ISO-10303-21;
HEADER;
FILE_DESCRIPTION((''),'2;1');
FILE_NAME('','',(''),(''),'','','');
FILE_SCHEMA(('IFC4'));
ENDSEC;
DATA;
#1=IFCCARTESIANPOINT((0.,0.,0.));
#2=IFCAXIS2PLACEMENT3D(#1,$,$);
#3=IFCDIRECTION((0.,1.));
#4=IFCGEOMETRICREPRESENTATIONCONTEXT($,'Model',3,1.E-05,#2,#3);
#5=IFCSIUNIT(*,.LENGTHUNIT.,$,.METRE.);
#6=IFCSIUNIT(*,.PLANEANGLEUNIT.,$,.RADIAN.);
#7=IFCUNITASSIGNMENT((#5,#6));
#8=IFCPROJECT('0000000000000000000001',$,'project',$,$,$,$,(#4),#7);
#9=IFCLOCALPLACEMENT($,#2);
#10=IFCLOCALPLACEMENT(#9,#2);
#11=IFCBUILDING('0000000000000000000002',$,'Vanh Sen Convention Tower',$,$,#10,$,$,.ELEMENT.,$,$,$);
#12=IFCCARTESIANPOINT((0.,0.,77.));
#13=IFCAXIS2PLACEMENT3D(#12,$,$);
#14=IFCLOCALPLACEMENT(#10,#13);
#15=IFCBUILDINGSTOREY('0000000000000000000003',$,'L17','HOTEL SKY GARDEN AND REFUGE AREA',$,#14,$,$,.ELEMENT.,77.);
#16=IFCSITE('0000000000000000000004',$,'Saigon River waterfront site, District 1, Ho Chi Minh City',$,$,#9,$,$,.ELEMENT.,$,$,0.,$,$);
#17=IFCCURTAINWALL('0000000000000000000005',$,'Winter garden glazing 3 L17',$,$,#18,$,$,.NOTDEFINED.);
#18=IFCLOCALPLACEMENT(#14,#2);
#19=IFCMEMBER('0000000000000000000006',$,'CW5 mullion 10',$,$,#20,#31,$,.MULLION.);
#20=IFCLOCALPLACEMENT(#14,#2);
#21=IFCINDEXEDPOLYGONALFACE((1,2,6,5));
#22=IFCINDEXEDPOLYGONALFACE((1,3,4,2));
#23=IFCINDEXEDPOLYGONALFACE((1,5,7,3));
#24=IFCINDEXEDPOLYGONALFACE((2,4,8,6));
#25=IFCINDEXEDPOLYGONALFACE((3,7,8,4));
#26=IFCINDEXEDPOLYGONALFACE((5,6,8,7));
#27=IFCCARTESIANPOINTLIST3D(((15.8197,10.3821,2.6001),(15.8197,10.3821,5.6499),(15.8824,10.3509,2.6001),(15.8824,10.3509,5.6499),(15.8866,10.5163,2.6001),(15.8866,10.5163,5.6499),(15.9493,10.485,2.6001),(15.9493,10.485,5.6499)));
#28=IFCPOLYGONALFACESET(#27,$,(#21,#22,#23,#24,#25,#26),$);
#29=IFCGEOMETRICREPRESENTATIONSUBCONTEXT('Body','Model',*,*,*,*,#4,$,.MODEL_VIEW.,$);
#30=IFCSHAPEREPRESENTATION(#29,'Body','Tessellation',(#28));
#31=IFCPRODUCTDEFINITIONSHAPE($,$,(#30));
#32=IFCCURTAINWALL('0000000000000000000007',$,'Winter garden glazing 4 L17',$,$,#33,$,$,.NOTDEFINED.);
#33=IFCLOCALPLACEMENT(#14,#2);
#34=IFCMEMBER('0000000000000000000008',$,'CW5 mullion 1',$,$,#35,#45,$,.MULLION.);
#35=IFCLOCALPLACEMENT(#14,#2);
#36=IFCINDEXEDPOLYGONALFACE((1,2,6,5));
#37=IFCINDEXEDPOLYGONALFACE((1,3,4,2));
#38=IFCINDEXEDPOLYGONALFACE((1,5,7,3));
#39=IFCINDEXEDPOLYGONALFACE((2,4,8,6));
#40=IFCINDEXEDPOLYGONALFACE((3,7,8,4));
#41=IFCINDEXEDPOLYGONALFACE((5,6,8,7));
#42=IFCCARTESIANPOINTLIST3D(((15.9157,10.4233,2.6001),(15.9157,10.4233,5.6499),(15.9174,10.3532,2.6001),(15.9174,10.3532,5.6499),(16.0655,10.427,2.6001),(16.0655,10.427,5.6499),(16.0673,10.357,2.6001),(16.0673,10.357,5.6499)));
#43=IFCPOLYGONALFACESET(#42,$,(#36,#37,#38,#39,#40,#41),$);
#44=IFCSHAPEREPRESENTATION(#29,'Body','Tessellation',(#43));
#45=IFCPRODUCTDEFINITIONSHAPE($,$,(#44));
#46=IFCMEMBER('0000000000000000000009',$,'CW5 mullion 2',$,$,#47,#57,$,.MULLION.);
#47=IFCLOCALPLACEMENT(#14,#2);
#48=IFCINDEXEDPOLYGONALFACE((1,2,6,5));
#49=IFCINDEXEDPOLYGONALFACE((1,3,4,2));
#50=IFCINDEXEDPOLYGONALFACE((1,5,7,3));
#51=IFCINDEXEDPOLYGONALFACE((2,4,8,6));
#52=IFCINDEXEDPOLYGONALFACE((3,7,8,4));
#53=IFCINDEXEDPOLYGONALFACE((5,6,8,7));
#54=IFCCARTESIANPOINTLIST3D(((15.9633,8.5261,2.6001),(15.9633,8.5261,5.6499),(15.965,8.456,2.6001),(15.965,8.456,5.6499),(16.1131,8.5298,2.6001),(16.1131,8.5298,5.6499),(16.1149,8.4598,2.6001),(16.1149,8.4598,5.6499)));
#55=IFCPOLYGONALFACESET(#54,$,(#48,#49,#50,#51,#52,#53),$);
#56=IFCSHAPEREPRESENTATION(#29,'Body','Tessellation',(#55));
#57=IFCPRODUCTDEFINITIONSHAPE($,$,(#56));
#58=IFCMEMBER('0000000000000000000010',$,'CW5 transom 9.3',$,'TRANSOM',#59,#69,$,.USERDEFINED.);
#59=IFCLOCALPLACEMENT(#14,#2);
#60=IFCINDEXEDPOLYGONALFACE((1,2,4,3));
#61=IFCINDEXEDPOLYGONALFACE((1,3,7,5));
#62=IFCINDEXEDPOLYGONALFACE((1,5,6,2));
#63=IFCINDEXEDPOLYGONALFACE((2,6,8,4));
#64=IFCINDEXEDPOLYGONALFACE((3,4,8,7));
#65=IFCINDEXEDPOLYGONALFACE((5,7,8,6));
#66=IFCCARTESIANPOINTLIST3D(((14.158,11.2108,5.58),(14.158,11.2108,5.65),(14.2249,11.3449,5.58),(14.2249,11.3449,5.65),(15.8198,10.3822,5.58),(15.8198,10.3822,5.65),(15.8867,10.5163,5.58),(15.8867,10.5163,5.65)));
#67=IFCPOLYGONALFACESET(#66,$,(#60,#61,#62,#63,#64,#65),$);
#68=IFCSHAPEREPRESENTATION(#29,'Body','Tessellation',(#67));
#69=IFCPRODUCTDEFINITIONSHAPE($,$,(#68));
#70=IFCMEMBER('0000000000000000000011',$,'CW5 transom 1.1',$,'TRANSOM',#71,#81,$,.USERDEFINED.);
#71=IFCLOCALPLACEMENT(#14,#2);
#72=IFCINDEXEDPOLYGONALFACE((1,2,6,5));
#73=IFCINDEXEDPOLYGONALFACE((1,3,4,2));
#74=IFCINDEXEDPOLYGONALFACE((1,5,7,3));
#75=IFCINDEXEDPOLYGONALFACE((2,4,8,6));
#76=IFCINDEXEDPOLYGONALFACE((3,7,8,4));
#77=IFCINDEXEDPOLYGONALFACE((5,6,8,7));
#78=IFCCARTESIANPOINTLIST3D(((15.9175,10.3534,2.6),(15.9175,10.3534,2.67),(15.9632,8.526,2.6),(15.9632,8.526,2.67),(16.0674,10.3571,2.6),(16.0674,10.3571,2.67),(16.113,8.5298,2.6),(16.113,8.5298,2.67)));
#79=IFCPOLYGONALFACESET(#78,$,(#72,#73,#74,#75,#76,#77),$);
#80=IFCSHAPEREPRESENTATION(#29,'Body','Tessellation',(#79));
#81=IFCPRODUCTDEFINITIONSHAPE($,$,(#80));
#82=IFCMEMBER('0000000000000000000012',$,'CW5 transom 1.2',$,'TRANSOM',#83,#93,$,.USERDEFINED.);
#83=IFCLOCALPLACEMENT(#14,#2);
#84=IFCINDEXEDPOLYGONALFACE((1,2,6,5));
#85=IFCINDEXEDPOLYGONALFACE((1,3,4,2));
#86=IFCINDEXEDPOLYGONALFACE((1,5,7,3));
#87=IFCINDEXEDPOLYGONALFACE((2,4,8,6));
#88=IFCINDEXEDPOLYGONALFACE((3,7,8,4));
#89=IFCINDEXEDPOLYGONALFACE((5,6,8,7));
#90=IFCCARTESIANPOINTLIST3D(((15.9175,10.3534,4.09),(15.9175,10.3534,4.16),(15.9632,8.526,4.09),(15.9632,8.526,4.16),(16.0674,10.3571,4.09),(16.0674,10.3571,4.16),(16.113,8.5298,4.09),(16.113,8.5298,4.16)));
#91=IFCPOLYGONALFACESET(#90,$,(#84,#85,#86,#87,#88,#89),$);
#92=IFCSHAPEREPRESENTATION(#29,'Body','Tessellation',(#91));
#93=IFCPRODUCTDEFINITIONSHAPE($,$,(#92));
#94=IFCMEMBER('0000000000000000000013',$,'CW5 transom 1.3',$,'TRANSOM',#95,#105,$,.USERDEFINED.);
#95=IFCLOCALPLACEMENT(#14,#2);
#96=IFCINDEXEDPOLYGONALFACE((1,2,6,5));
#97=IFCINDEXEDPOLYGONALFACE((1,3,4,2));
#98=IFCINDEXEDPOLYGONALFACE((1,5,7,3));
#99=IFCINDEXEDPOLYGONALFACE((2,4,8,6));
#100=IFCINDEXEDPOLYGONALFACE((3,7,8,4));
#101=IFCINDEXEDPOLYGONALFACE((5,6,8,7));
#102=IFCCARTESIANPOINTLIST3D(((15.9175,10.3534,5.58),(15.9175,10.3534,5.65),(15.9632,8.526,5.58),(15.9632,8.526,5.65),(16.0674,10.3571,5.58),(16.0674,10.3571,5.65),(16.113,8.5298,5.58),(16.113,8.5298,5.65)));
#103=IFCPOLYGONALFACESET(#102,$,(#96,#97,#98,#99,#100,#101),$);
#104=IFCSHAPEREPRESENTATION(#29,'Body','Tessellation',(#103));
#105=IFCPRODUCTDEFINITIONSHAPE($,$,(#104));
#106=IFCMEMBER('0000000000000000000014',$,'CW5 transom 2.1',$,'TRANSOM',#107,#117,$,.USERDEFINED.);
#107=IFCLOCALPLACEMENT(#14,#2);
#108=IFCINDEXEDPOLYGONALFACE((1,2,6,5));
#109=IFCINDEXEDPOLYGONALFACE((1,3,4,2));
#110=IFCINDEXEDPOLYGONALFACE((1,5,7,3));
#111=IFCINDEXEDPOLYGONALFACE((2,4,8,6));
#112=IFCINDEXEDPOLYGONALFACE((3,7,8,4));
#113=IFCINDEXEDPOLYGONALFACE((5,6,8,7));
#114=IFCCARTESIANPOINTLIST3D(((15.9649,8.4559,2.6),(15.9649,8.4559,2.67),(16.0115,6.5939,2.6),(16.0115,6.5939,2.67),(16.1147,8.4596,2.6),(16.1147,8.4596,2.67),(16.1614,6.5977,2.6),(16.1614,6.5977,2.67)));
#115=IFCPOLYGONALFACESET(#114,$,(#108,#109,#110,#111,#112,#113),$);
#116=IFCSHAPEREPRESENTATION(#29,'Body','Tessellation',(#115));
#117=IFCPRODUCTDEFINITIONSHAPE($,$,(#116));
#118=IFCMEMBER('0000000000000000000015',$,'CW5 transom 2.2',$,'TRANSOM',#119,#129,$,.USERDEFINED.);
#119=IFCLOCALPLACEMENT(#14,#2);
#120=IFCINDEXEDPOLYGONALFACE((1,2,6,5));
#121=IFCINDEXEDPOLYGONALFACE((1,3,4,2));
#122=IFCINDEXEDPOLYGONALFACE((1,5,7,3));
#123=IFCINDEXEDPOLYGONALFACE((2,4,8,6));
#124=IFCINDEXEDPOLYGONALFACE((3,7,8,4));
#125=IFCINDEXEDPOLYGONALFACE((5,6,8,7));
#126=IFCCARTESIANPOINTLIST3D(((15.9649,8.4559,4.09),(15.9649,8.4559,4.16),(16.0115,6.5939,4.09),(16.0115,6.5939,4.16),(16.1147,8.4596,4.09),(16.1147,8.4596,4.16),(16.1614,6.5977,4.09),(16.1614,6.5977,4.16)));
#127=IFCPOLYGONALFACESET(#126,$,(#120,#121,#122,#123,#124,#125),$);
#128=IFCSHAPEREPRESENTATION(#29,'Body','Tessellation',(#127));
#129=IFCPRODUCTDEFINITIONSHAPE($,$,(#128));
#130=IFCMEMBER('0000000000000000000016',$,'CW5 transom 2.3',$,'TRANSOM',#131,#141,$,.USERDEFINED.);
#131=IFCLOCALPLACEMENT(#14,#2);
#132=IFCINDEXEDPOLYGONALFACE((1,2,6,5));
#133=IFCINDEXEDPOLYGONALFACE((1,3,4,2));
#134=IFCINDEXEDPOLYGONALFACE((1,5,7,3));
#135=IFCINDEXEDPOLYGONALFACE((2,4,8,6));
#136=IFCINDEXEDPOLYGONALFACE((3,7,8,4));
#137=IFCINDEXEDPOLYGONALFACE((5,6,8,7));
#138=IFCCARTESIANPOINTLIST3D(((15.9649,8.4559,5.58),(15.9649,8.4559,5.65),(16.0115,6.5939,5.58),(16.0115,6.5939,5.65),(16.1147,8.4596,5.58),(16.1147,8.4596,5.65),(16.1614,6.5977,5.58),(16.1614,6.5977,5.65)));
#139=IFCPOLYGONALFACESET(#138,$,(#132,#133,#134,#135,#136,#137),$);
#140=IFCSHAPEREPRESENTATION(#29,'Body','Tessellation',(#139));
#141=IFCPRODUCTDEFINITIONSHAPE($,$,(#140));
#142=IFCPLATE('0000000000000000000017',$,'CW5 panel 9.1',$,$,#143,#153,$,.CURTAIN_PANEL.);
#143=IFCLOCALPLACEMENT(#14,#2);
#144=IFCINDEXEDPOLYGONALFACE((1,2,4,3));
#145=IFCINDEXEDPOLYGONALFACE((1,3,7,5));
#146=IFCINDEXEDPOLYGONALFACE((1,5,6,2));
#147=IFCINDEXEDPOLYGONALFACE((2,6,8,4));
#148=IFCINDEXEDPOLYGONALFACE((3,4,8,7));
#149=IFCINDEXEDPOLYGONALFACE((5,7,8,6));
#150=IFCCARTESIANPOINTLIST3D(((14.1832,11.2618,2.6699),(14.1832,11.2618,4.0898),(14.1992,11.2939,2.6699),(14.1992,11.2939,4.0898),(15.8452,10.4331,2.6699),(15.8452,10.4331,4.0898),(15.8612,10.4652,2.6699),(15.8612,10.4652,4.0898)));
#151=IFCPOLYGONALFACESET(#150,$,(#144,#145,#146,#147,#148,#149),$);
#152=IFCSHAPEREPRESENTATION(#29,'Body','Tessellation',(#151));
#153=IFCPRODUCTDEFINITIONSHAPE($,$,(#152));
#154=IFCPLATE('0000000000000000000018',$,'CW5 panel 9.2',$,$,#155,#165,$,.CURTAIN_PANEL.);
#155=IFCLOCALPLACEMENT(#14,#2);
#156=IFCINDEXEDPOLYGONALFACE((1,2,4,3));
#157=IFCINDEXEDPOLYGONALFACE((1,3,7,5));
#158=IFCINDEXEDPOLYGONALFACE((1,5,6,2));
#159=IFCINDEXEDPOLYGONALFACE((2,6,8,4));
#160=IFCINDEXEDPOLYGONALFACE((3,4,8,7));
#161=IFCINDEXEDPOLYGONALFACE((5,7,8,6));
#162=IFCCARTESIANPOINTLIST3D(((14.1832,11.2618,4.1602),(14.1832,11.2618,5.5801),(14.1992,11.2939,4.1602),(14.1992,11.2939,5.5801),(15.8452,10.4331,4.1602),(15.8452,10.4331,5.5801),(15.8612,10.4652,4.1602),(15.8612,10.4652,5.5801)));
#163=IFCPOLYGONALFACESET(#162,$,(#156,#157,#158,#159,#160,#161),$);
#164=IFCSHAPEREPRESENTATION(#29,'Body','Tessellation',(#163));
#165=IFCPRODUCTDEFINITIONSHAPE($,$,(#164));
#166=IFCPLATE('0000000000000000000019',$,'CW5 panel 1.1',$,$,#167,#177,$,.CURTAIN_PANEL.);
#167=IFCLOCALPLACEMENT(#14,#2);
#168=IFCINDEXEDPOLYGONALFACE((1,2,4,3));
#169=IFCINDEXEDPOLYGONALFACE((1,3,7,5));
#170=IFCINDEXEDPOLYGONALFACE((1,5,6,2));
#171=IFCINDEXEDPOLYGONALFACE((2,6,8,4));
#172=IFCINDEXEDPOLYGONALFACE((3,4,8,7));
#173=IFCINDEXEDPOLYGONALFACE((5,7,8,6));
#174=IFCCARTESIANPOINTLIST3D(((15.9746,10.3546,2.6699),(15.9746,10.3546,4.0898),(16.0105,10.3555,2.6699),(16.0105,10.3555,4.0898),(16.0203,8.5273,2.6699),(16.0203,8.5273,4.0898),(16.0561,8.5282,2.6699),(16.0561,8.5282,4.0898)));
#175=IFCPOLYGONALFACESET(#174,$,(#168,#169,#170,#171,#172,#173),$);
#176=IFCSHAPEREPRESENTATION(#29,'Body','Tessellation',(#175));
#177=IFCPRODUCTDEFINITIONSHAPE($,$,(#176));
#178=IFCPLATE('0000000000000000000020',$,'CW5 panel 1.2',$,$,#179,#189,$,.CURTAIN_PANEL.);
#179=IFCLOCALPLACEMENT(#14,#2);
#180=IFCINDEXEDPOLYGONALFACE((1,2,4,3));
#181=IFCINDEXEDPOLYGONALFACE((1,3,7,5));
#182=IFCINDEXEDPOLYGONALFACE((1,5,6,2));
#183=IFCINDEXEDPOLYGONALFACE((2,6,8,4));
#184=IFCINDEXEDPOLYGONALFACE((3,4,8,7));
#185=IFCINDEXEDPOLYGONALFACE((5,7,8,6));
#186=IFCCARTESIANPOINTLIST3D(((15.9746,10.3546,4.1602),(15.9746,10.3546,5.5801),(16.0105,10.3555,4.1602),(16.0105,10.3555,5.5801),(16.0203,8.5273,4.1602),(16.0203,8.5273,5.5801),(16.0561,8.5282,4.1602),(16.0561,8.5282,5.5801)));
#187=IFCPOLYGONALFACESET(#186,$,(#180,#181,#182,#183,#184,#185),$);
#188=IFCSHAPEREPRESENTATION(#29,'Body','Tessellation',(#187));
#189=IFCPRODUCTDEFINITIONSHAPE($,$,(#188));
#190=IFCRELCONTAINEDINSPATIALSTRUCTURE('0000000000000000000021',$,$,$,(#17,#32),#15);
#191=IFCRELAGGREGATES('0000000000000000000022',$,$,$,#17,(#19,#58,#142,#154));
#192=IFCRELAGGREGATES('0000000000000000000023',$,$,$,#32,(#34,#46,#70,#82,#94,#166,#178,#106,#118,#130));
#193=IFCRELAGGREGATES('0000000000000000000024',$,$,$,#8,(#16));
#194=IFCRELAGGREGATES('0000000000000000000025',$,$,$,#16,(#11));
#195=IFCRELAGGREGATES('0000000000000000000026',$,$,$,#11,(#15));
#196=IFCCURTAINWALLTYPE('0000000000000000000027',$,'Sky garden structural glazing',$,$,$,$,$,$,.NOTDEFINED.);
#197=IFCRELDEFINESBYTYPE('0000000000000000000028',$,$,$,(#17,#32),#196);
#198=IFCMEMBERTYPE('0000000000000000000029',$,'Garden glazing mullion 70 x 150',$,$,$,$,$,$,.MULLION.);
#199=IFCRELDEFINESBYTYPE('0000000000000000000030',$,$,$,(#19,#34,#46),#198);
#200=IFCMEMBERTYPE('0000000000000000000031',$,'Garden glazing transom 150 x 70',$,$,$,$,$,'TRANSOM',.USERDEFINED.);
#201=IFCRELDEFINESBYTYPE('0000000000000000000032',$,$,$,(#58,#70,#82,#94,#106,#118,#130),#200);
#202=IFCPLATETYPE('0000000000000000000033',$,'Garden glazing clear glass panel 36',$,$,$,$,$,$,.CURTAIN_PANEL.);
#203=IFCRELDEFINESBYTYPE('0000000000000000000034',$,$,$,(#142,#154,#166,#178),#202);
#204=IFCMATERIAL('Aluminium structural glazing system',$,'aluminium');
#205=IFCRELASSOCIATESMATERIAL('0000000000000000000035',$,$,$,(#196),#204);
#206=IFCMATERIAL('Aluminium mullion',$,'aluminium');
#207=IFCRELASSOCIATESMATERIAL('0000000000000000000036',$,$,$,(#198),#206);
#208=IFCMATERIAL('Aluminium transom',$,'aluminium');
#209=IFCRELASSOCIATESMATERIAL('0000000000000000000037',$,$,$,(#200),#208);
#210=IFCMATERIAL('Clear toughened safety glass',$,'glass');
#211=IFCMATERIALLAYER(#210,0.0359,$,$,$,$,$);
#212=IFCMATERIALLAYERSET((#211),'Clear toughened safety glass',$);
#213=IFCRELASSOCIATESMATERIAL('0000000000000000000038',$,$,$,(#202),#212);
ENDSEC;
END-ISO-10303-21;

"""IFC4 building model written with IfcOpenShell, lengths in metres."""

from ifc_helpers import new_model, si_unit, direction, frame, origin, origin_2d, place, context, subcontext, project, spatial, rectangle, extrude, material, layer, layer_set, material_profile, profile_set, type_object, element, aggregate, save


model = new_model("IFC4")

# Units and contexts
model_context = context("Model", 3, precision=1e-05, world=origin(), true_north=direction((0.0, 1.0)))
body_context = subcontext(model_context, "Body", "Model", "MODEL_VIEW")
ifc_project = project(units=[si_unit("LENGTHUNIT", "METRE"), si_unit("PLANEANGLEUNIT", "RADIAN")], contexts=[model_context])

# Site, building, storey
site_placement = place(None, origin())
site = spatial("IfcSite", under=ifc_project, at=site_placement, Name="Saigon River waterfront site, District 1, Ho Chi Minh City", CompositionType="ELEMENT", RefElevation=0.0)
building_placement = place(site_placement, origin())
building = spatial("IfcBuilding", under=site, at=building_placement, Name="Vanh Sen Convention Tower", CompositionType="ELEMENT")
storey_placement = place(building_placement, frame((0.0, 0.0, 77.0)))
storey = spatial("IfcBuildingStorey", under=building, at=storey_placement, Name="L17", Description="HOTEL SKY GARDEN AND REFUGE AREA", CompositionType="ELEMENT", Elevation=77.0)

# Curtain wall, member
ifc_material_1 = material(Name="Aluminium structural glazing system", Category="aluminium")
curtain_wall_type = type_object("IfcCurtainWallType", Name="Sky garden structural glazing", PredefinedType="NOTDEFINED", material=ifc_material_1)
curtain_wall_1_placement = place(storey_placement, origin())
curtain_wall_1 = element("IfcCurtainWall", 1, at=curtain_wall_1_placement, inside=storey, type_object=curtain_wall_type, Name="Winter garden glazing 3 L17", PredefinedType="NOTDEFINED")
ifc_material_2 = material(Name="Aluminium mullion", Category="aluminium")
ifc_material_profile_1 = material_profile(ifc_material_2, rectangle(XDim=0.1499, YDim=0.0701, at=origin_2d()), Name="Garden glazing mullion 70 x 150")
ifc_profile_set_1 = profile_set([ifc_material_profile_1], Name="Aluminium mullion")
member_type_1 = type_object("IfcMemberType", Name="Garden glazing mullion 70 x 150", PredefinedType="MULLION", material=ifc_profile_set_1)
member_1_placement = place(storey_placement, frame((15.8845, 10.4336, 2.6001), z_axis=(0.0, 0.0, 1.0), x_axis=(0.446203, 0.894932, 0.0)))
member_1 = element("IfcMember", 2, at=member_1_placement, type_object=member_type_1, Name="CW5 mullion 10", PredefinedType="MULLION", context=body_context, shape_type="SweptSolid", body=[
    extrude(rectangle(XDim=0.1499, YDim=0.0701, at=origin_2d()), origin(), (0.0, 0.0, 1.0), 3.0498),
])

# Curtain wall, members
curtain_wall_2_placement = place(storey_placement, origin())
curtain_wall_2 = element("IfcCurtainWall", 3, at=curtain_wall_2_placement, inside=storey, type_object=curtain_wall_type, Name="Winter garden glazing 4 L17", PredefinedType="NOTDEFINED")
member_2_placement = place(storey_placement, frame((15.9915, 10.3901, 2.6001), z_axis=(0.0, 0.0, 1.0), x_axis=(0.999688, 0.024972, 0.0)))
member_2 = element("IfcMember", 4, at=member_2_placement, type_object=member_type_1, Name="CW5 mullion 1", PredefinedType="MULLION", context=body_context, shape_type="SweptSolid", body=[
    extrude(rectangle(XDim=0.1499, YDim=0.0701, at=origin_2d()), origin(), (0.0, 0.0, 1.0), 3.0498),
])
member_3_placement = place(storey_placement, frame((16.0391, 8.4929, 2.6001), z_axis=(0.0, 0.0, 1.0), x_axis=(0.999688, 0.024972, 0.0)))
member_3 = element("IfcMember", 5, at=member_3_placement, type_object=member_type_1, Name="CW5 mullion 2", PredefinedType="MULLION", context=body_context, shape_type="SweptSolid", body=[
    extrude(rectangle(XDim=0.1499, YDim=0.0701, at=origin_2d()), origin(), (0.0, 0.0, 1.0), 3.0498),
])

# Members
ifc_material_3 = material(Name="Aluminium transom", Category="aluminium")
ifc_material_profile_2 = material_profile(ifc_material_3, rectangle(XDim=0.1499, YDim=0.0701, at=origin_2d()), Name="Garden glazing transom 150 x 70")
ifc_profile_set_2 = profile_set([ifc_material_profile_2], Name="Aluminium transom")
member_type_2 = type_object("IfcMemberType", Name="Garden glazing transom 150 x 70", ElementType="TRANSOM", PredefinedType="USERDEFINED", material=ifc_profile_set_2)
member_4_placement = place(storey_placement, frame((14.1914, 11.2778, 5.615), z_axis=(0.894926, -0.446214, 0.0), x_axis=(0.446214, 0.894926, 0.0)))
member_4 = element("IfcMember", 6, at=member_4_placement, type_object=member_type_2, Name="CW5 transom 9.3", ObjectType="TRANSOM", PredefinedType="USERDEFINED", context=body_context, shape_type="SweptSolid", body=[
    extrude(rectangle(XDim=0.1499, YDim=0.0701, at=origin_2d()), origin(), (0.0, 0.0, 1.0), 1.8569),
])
member_5_placement = place(storey_placement, frame((15.9924, 10.3552, 2.635), z_axis=(0.024976, -0.999688, 0.0), x_axis=(0.999688, 0.024976, 0.0)))
member_5 = element("IfcMember", 7, at=member_5_placement, type_object=member_type_2, Name="CW5 transom 1.1", ObjectType="TRANSOM", PredefinedType="USERDEFINED", context=body_context, shape_type="SweptSolid", body=[
    extrude(rectangle(XDim=0.1499, YDim=0.0701, at=origin_2d()), origin(), (0.0, 0.0, 1.0), 1.8279),
])
member_6_placement = place(storey_placement, frame((15.9924, 10.3552, 4.125), z_axis=(0.024976, -0.999688, 0.0), x_axis=(0.999688, 0.024976, 0.0)))
member_6 = element("IfcMember", 8, at=member_6_placement, type_object=member_type_2, Name="CW5 transom 1.2", ObjectType="TRANSOM", PredefinedType="USERDEFINED", context=body_context, shape_type="SweptSolid", body=[
    extrude(rectangle(XDim=0.1499, YDim=0.0701, at=origin_2d()), origin(), (0.0, 0.0, 1.0), 1.8279),
])
member_7_placement = place(storey_placement, frame((15.9924, 10.3552, 5.615), z_axis=(0.024976, -0.999688, 0.0), x_axis=(0.999688, 0.024976, 0.0)))
member_7 = element("IfcMember", 9, at=member_7_placement, type_object=member_type_2, Name="CW5 transom 1.3", ObjectType="TRANSOM", PredefinedType="USERDEFINED", context=body_context, shape_type="SweptSolid", body=[
    extrude(rectangle(XDim=0.1499, YDim=0.0701, at=origin_2d()), origin(), (0.0, 0.0, 1.0), 1.8279),
])
member_8_placement = place(storey_placement, frame((16.0398, 8.4578, 2.635), z_axis=(0.025035, -0.999687, 0.0), x_axis=(0.999687, 0.025035, 0.0)))
member_8 = element("IfcMember", 10, at=member_8_placement, type_object=member_type_2, Name="CW5 transom 2.1", ObjectType="TRANSOM", PredefinedType="USERDEFINED", context=body_context, shape_type="SweptSolid", body=[
    extrude(rectangle(XDim=0.1499, YDim=0.0701, at=origin_2d()), origin(), (0.0, 0.0, 1.0), 1.8625),
])
member_9_placement = place(storey_placement, frame((16.0398, 8.4578, 4.125), z_axis=(0.025035, -0.999687, 0.0), x_axis=(0.999687, 0.025035, 0.0)))
member_9 = element("IfcMember", 11, at=member_9_placement, type_object=member_type_2, Name="CW5 transom 2.2", ObjectType="TRANSOM", PredefinedType="USERDEFINED", context=body_context, shape_type="SweptSolid", body=[
    extrude(rectangle(XDim=0.1499, YDim=0.0701, at=origin_2d()), origin(), (0.0, 0.0, 1.0), 1.8625),
])
member_10_placement = place(storey_placement, frame((16.0398, 8.4578, 5.615), z_axis=(0.025035, -0.999687, 0.0), x_axis=(0.999687, 0.025035, 0.0)))
member_10 = element("IfcMember", 12, at=member_10_placement, type_object=member_type_2, Name="CW5 transom 2.3", ObjectType="TRANSOM", PredefinedType="USERDEFINED", context=body_context, shape_type="SweptSolid", body=[
    extrude(rectangle(XDim=0.1499, YDim=0.0701, at=origin_2d()), origin(), (0.0, 0.0, 1.0), 1.8625),
])

# Plates
ifc_material_4 = material(Name="Clear toughened safety glass", Category="glass")
ifc_layer_1 = layer(ifc_material_4, 0.0359)
ifc_layer_set_1 = layer_set([ifc_layer_1], Name="Clear toughened safety glass")
plate_type = type_object("IfcPlateType", Name="Garden glazing clear glass panel 36", PredefinedType="CURTAIN_PANEL", material=ifc_layer_set_1)
plate_1_placement = place(storey_placement, frame((15.0222, 10.8635, 2.6699), z_axis=(0.0, 0.0, 1.0), x_axis=(0.894932, -0.446203, 0.0)))
plate_1 = element("IfcPlate", 13, at=plate_1_placement, type_object=plate_type, Name="CW5 panel 9.1", PredefinedType="CURTAIN_PANEL", context=body_context, shape_type="SweptSolid", body=[
    extrude(rectangle(XDim=1.8572, YDim=0.0359, at=origin_2d()), origin(), (0.0, 0.0, 1.0), 1.4199),
])
plate_2_placement = place(storey_placement, frame((15.0222, 10.8635, 4.1602), z_axis=(0.0, 0.0, 1.0), x_axis=(0.894932, -0.446203, 0.0)))
plate_2 = element("IfcPlate", 14, at=plate_2_placement, type_object=plate_type, Name="CW5 panel 9.2", PredefinedType="CURTAIN_PANEL", context=body_context, shape_type="SweptSolid", body=[
    extrude(rectangle(XDim=1.8572, YDim=0.0359, at=origin_2d()), origin(), (0.0, 0.0, 1.0), 1.4199),
])
aggregate(curtain_wall_1, [member_1, member_4, plate_1, plate_2])
plate_3_placement = place(storey_placement, frame((16.0154, 9.4414, 2.6699), z_axis=(0.0, 0.0, 1.0), x_axis=(0.024972, -0.999688, 0.0)))
plate_3 = element("IfcPlate", 15, at=plate_3_placement, type_object=plate_type, Name="CW5 panel 1.1", PredefinedType="CURTAIN_PANEL", context=body_context, shape_type="SweptSolid", body=[
    extrude(rectangle(XDim=1.8279, YDim=0.0359, at=origin_2d()), origin(), (0.0, 0.0, 1.0), 1.4199),
])
plate_4_placement = place(storey_placement, frame((16.0154, 9.4414, 4.1602), z_axis=(0.0, 0.0, 1.0), x_axis=(0.024972, -0.999688, 0.0)))
plate_4 = element("IfcPlate", 16, at=plate_4_placement, type_object=plate_type, Name="CW5 panel 1.2", PredefinedType="CURTAIN_PANEL", context=body_context, shape_type="SweptSolid", body=[
    extrude(rectangle(XDim=1.8279, YDim=0.0359, at=origin_2d()), origin(), (0.0, 0.0, 1.0), 1.4199),
])
aggregate(curtain_wall_2, [member_2, member_3, member_5, member_6, member_7, plate_3, plate_4, member_8, member_9, member_10])

save(model, "model.ifc")
